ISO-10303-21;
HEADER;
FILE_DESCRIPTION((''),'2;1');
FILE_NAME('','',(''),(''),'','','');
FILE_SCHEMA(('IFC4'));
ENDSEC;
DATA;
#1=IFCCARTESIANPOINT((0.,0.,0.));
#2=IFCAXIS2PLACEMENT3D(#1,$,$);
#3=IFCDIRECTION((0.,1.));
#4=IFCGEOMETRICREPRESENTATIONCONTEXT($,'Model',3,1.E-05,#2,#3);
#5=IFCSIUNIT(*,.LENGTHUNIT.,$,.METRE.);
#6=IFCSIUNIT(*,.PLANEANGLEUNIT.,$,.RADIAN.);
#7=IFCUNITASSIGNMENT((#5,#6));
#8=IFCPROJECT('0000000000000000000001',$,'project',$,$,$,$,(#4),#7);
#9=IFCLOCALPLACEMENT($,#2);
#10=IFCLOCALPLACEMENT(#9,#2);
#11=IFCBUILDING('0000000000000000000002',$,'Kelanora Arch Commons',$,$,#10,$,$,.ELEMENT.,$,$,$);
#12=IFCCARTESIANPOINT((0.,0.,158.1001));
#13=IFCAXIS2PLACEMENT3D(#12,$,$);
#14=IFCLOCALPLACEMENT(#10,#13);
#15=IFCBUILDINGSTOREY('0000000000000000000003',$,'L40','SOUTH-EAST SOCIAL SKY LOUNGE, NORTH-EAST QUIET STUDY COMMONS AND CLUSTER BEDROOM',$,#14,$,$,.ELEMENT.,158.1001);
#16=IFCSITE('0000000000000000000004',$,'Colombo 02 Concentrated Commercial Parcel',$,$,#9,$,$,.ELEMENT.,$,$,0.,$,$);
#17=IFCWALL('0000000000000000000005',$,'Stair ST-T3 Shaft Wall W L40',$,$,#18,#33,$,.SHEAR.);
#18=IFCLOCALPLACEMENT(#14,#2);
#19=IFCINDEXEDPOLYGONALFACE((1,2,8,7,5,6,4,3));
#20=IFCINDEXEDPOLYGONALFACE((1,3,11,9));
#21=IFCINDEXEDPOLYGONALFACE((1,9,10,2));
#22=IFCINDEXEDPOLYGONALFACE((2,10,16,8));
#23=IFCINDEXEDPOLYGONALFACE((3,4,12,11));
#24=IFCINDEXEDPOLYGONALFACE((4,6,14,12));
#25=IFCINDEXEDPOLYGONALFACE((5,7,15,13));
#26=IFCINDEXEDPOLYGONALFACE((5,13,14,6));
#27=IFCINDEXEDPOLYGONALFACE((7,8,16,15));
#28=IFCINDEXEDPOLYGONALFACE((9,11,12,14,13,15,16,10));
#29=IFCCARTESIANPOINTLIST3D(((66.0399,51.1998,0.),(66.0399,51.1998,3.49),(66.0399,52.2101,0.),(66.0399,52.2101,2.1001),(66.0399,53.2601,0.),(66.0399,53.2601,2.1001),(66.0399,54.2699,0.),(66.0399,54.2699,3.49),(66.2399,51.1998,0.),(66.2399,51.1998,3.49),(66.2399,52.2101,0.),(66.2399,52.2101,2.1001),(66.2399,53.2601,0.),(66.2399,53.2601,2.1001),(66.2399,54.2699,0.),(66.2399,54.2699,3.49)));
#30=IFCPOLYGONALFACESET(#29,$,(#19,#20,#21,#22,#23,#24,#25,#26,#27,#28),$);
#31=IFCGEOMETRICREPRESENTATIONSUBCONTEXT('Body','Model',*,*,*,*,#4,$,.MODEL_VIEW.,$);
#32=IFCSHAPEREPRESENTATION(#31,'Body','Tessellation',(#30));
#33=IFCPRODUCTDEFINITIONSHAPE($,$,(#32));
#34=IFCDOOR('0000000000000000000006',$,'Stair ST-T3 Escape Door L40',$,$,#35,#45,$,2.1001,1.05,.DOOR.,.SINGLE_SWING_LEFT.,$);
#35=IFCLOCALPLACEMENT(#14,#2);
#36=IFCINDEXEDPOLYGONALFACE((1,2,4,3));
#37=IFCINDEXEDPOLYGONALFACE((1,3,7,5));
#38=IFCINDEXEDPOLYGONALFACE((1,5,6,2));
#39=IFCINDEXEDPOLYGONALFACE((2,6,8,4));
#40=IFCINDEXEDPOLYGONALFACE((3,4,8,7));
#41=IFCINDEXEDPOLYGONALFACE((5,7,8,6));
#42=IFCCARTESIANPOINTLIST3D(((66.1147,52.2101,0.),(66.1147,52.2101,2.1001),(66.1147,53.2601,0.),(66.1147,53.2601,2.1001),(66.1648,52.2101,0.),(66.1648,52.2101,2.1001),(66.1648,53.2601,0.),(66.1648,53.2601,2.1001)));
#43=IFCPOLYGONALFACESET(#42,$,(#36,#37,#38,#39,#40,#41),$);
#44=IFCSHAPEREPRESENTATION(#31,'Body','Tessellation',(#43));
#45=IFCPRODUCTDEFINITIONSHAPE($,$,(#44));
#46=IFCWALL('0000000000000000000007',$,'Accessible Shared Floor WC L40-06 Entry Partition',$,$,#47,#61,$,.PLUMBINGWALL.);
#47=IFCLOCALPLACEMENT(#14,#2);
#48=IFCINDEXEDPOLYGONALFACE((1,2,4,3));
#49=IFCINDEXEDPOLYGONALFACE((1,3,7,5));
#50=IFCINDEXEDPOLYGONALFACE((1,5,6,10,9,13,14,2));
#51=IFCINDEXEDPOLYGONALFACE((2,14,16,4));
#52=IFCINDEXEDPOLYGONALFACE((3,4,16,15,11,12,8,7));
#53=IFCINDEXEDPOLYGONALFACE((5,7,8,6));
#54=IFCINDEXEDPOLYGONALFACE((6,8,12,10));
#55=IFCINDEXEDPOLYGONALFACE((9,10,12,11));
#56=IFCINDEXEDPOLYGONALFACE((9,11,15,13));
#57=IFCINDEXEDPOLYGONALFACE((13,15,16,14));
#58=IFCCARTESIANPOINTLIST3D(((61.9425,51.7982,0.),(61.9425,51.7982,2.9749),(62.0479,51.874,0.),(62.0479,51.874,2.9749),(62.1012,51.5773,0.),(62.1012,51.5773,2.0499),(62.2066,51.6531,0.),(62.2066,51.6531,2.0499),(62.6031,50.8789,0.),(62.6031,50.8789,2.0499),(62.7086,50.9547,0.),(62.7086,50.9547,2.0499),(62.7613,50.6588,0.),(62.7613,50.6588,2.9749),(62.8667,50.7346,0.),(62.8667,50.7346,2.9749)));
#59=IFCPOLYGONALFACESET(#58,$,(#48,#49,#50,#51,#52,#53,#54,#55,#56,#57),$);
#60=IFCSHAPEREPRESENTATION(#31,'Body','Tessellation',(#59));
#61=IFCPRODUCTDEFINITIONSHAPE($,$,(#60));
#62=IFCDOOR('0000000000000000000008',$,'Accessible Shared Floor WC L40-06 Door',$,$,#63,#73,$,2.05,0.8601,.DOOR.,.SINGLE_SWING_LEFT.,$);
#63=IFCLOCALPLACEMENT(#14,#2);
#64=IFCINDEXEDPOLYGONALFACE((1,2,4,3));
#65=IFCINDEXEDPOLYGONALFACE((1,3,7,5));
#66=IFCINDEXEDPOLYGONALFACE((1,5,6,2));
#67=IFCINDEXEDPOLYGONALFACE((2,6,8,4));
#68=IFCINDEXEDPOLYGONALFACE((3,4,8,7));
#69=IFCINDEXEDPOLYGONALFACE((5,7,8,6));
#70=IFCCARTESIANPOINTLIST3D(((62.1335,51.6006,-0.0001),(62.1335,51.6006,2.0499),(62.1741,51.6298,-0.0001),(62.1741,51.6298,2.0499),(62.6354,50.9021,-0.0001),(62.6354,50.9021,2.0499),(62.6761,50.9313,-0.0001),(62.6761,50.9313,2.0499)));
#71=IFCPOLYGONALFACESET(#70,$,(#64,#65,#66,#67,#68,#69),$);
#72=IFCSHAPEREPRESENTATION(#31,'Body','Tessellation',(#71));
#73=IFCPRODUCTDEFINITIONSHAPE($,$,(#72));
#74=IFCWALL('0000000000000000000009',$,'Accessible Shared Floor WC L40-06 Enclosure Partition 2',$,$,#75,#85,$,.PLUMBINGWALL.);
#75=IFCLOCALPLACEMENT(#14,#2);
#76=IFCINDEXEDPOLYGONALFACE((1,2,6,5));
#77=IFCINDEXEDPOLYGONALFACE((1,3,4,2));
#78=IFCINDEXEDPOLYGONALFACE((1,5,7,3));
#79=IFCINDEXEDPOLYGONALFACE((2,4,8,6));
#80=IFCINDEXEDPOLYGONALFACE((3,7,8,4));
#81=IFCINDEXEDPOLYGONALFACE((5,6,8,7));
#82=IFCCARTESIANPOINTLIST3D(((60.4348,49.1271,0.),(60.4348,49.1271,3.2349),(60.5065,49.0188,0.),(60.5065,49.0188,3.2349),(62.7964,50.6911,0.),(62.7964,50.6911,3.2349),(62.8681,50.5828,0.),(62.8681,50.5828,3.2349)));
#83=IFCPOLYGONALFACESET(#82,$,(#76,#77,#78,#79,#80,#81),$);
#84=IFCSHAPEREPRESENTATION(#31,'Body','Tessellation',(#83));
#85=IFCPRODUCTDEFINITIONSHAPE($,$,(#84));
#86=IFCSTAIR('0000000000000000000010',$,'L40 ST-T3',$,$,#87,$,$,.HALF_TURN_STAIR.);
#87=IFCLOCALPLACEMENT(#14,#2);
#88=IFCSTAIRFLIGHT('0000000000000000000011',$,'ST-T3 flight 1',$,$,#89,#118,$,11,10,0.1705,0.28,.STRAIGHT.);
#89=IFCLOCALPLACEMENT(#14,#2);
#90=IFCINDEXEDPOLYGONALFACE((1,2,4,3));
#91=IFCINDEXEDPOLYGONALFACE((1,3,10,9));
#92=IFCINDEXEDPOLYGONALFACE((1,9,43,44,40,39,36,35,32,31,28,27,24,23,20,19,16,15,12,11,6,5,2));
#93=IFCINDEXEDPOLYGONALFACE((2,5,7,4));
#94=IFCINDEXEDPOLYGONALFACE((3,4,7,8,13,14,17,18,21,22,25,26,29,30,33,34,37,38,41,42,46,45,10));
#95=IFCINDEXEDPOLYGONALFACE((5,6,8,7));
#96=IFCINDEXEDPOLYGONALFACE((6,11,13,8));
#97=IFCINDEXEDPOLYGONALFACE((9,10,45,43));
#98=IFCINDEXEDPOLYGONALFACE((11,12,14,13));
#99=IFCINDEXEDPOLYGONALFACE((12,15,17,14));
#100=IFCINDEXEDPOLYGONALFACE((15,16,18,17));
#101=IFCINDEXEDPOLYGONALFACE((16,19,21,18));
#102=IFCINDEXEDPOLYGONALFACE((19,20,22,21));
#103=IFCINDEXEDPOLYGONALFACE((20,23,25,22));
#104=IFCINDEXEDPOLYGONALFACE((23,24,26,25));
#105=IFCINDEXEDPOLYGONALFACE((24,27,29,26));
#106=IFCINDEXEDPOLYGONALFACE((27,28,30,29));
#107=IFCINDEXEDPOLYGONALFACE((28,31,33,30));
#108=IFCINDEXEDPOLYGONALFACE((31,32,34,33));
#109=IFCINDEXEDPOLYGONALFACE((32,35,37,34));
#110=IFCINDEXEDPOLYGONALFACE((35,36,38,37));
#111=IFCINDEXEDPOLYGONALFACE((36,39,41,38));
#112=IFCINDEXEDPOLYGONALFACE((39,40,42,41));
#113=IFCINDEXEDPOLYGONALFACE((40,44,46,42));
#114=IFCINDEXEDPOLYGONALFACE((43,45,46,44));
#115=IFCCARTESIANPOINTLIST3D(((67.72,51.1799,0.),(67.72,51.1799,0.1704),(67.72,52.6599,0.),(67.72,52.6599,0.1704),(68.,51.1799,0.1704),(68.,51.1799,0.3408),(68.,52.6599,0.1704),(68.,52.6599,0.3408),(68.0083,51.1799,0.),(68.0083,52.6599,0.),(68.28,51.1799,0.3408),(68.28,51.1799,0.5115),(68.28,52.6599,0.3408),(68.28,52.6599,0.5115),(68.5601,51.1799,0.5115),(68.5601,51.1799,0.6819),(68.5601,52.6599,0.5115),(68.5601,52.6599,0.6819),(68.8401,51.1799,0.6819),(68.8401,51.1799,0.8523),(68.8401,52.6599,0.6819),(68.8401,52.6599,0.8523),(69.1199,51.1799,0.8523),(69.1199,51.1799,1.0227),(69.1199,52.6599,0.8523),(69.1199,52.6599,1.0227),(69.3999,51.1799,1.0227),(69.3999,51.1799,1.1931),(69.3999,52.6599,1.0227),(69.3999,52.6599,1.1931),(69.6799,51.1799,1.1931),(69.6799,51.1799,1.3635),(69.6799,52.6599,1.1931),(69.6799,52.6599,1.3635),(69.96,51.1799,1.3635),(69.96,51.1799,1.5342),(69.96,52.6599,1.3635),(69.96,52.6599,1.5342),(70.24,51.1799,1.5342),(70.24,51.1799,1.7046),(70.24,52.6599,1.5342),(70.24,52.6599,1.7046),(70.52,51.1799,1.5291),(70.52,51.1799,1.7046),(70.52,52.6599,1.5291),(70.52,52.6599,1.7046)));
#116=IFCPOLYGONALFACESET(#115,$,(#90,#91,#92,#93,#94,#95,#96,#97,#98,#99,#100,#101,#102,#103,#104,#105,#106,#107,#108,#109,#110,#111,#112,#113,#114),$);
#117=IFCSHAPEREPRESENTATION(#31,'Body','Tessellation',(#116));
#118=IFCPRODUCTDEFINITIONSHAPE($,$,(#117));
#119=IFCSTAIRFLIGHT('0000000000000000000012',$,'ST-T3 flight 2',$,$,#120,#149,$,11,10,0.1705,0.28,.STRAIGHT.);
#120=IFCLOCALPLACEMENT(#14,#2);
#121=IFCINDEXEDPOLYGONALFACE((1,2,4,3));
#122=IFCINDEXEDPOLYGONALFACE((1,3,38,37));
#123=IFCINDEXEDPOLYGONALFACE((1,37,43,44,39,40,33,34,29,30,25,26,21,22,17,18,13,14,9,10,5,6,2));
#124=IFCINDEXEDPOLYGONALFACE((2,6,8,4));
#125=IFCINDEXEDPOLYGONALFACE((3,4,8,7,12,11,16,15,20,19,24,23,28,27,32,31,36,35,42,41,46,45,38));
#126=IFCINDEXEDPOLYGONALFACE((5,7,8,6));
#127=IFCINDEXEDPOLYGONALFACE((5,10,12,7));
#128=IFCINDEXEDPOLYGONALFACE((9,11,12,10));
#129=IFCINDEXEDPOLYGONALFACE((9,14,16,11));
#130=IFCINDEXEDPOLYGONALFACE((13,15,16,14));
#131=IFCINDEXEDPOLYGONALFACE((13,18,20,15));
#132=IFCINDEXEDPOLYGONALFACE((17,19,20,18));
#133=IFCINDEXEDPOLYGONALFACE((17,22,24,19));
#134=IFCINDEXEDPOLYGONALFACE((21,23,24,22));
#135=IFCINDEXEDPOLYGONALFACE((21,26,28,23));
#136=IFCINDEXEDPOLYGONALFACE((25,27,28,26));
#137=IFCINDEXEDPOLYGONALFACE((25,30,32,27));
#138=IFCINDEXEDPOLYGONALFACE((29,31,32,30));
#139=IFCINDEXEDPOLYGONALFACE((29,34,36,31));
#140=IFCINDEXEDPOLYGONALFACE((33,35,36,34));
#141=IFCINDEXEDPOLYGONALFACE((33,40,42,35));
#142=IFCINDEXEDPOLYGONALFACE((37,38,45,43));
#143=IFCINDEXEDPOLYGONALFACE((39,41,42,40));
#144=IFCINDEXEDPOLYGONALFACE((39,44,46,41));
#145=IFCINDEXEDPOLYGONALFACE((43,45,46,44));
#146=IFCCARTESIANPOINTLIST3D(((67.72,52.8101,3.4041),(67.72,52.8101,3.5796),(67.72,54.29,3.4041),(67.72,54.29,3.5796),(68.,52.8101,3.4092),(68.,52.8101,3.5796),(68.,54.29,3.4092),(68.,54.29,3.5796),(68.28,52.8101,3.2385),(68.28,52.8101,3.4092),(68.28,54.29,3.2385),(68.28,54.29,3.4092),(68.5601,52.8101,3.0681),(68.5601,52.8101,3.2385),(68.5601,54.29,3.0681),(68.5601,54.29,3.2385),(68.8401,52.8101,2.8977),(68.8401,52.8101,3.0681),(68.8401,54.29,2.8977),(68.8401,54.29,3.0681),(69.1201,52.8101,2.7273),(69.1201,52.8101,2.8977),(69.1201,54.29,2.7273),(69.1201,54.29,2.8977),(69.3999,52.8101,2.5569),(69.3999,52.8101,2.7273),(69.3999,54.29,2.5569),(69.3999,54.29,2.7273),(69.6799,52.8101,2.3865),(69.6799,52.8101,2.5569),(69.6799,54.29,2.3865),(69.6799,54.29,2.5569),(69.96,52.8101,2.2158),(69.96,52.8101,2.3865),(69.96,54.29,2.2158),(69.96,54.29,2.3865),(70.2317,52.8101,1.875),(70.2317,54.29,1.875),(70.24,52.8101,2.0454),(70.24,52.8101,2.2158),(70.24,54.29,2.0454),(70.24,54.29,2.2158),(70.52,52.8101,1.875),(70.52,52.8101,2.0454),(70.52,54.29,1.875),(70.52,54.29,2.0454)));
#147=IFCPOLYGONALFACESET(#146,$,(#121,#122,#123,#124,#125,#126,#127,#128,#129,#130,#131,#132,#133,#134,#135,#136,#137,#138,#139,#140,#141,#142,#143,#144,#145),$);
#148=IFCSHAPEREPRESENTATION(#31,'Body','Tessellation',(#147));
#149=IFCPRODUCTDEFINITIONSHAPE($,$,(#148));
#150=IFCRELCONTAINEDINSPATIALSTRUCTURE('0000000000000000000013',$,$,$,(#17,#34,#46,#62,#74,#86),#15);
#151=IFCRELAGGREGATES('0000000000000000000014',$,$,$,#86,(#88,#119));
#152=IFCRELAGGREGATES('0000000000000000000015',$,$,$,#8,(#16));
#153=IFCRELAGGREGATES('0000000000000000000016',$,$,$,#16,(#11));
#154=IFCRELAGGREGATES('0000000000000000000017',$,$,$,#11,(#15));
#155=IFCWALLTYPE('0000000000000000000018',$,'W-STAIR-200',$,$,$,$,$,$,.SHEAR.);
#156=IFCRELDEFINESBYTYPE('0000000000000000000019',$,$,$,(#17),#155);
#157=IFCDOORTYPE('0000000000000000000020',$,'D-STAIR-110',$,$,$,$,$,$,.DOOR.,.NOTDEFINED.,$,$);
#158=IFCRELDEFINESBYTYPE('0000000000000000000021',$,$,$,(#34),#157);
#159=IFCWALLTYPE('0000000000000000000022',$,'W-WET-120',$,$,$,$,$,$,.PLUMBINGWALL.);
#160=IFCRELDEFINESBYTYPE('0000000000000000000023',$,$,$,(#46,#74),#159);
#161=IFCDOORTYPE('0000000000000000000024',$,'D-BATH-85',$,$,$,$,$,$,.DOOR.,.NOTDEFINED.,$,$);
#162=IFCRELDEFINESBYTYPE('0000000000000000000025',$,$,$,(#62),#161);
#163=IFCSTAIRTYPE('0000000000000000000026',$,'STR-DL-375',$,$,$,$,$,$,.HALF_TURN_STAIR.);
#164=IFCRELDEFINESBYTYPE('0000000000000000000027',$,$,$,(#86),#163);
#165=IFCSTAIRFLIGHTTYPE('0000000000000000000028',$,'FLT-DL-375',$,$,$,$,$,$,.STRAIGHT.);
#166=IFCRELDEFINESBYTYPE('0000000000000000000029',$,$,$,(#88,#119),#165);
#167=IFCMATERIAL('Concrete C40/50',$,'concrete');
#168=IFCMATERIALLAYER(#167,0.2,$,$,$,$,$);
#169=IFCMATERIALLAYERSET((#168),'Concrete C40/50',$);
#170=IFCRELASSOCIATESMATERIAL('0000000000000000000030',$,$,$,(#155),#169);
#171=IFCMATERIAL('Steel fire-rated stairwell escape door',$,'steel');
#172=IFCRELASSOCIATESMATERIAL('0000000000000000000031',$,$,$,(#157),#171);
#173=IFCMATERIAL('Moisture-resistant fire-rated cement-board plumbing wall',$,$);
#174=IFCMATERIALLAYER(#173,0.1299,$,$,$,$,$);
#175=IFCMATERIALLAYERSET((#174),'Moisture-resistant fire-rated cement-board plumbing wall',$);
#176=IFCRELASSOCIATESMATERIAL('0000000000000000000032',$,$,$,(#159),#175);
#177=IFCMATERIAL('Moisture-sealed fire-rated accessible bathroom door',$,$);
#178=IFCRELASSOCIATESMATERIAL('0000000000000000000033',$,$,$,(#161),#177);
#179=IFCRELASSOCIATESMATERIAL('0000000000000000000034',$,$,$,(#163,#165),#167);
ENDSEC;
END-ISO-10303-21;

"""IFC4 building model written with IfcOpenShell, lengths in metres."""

from ifc_helpers import new_model, si_unit, direction, frame, frame_2d, origin, place, context, subcontext, project, spatial, polyline, rectangle, outline, extrude, material, layer, layer_set, type_object, element, fill, aggregate, save


model = new_model("IFC4")

# Units and contexts
model_context = context("Model", 3, precision=1e-05, world=origin(), true_north=direction((0.0, 1.0)))
body_context = subcontext(model_context, "Body", "Model", "MODEL_VIEW")
ifc_project = project(units=[si_unit("LENGTHUNIT", "METRE"), si_unit("PLANEANGLEUNIT", "RADIAN")], contexts=[model_context])

# Site, building, storey
site_placement = place(None, origin())
site = spatial("IfcSite", under=ifc_project, at=site_placement, Name="Colombo 02 Concentrated Commercial Parcel", CompositionType="ELEMENT", RefElevation=0.0)
building_placement = place(site_placement, origin())
building = spatial("IfcBuilding", under=site, at=building_placement, Name="Kelanora Arch Commons", CompositionType="ELEMENT")
storey_placement = place(building_placement, frame((0.0, 0.0, 158.1001)))
storey = spatial("IfcBuildingStorey", under=building, at=storey_placement, Name="L40", Description="SOUTH-EAST SOCIAL SKY LOUNGE, NORTH-EAST QUIET STUDY COMMONS AND CLUSTER BEDROOM", CompositionType="ELEMENT", Elevation=158.1001)

# Shared definitions
ifc_material_1 = material(Name="Concrete C40/50", Category="concrete")

# Shared definitions
ifc_layer_1 = layer(ifc_material_1, 0.2)
ifc_layer_set_1 = layer_set([ifc_layer_1], Name="Concrete C40/50")
wall_type_1 = type_object("IfcWallType", Name="W-STAIR-200", PredefinedType="SHEAR", material=ifc_layer_set_1)

# Walls, openings, doors
wall_1_placement = place(storey_placement, frame((66.1399, 54.27, 0.0), z_axis=(0.0, 0.0, 1.0), x_axis=(0.0, -1.0, 0.0)))
wall_1 = element("IfcWall", 1, at=wall_1_placement, inside=storey, type_object=wall_type_1, Name="Stair ST-T3 Shaft Wall W L40", PredefinedType="SHEAR", context=body_context, shape_type="SweptSolid", body=[
    extrude(rectangle(XDim=3.0701, YDim=0.2, at=frame_2d((1.5352, 0.0))), origin(), (0.0, 0.0, 1.0), 3.49),
])
opening_1_placement = place(wall_1_placement, frame((1.01, 0.0, 0.0)))
opening_1 = element("IfcOpeningElement", 2, at=opening_1_placement, cuts=wall_1, PredefinedType="OPENING", context=body_context, shape_type="SweptSolid", body=[
    extrude(rectangle(XDim=1.05, YDim=2.1001, at=frame_2d((0.5249, 1.05))), frame((0.0, 0.1099, 0.0), z_axis=(0.0, -1.0, 0.0), x_axis=(1.0, 0.0, 0.0)), (0.0, 0.0, 1.0), 0.22),
])
ifc_material_2 = material(Name="Steel fire-rated stairwell escape door", Category="steel")
door_type_1 = type_object("IfcDoorType", Name="D-STAIR-110", OperationType="NOTDEFINED", PredefinedType="DOOR", material=ifc_material_2)
door_1_placement = place(opening_1_placement, origin())
door_1 = element("IfcDoor", 3, at=door_1_placement, inside=storey, type_object=door_type_1, Name="Stair ST-T3 Escape Door L40", OperationType="SINGLE_SWING_LEFT", OverallHeight=2.1001, OverallWidth=1.05, PredefinedType="DOOR", context=body_context, shape_type="SweptSolid", body=[
    extrude(rectangle(XDim=1.05, YDim=2.1001, at=frame_2d((0.5249, 1.05))), frame((0.0, 0.0249, 0.0), z_axis=(0.0, -1.0, 0.0), x_axis=(1.0, 0.0, 0.0)), (0.0, 0.0, 1.0), 0.05),
])
fill(opening_1, door_1)
ifc_material_3 = material(Name="Moisture-resistant fire-rated cement-board plumbing wall")
ifc_layer_2 = layer(ifc_material_3, 0.1299)
ifc_layer_set_2 = layer_set([ifc_layer_2], Name="Moisture-resistant fire-rated cement-board plumbing wall")
wall_type_2 = type_object("IfcWallType", Name="W-WET-120", PredefinedType="PLUMBINGWALL", material=ifc_layer_set_2)
wall_2_placement = place(storey_placement, frame((61.9951, 51.8362, 0.0), z_axis=(0.0, 0.0, 1.0), x_axis=(0.583589, -0.812049, 0.0)))
wall_2 = element("IfcWall", 4, at=wall_2_placement, inside=storey, type_object=wall_type_2, Name="Accessible Shared Floor WC L40-06 Entry Partition", PredefinedType="PLUMBINGWALL", context=body_context, shape_type="SweptSolid", body=[
    extrude(rectangle(XDim=1.4031, YDim=0.1299, at=frame_2d((0.7017, 0.0))), origin(), (0.0, 0.0, 1.0), 2.9749),
])
opening_2_placement = place(wall_2_placement, frame((0.272, 0.0, 0.0)))
opening_2 = element("IfcOpeningElement", 5, at=opening_2_placement, cuts=wall_2, PredefinedType="OPENING", context=body_context, shape_type="SweptSolid", body=[
    extrude(rectangle(XDim=0.8601, YDim=2.05, at=frame_2d((0.4302, 1.0249))), frame((0.0, 0.075, 0.0), z_axis=(0.0, -1.0, 0.0), x_axis=(1.0, 0.0, 0.0)), (0.0, 0.0, 1.0), 0.1499),
])
ifc_material_4 = material(Name="Moisture-sealed fire-rated accessible bathroom door")
door_type_2 = type_object("IfcDoorType", Name="D-BATH-85", OperationType="NOTDEFINED", PredefinedType="DOOR", material=ifc_material_4)
door_2_placement = place(opening_2_placement, origin())
door_2 = element("IfcDoor", 6, at=door_2_placement, inside=storey, type_object=door_type_2, Name="Accessible Shared Floor WC L40-06 Door", OperationType="SINGLE_SWING_LEFT", OverallHeight=2.05, OverallWidth=0.8601, PredefinedType="DOOR", context=body_context, shape_type="SweptSolid", body=[
    extrude(rectangle(XDim=0.8601, YDim=2.05, at=frame_2d((0.4302, 1.0249))), frame((0.0, 0.0249, 0.0), z_axis=(0.0, -1.0, 0.0), x_axis=(1.0, 0.0, 0.0)), (0.0, 0.0, 1.0), 0.05),
])
fill(opening_2, door_2)

# Wall
wall_3_placement = place(storey_placement, frame((62.8323, 50.637, 0.0), z_axis=(0.0, 0.0, 1.0), x_axis=(-0.833744, -0.552152, 0.0)))
element("IfcWall", 7, at=wall_3_placement, inside=storey, type_object=wall_type_2, Name="Accessible Shared Floor WC L40-06 Enclosure Partition 2", PredefinedType="PLUMBINGWALL", context=body_context, shape_type="SweptSolid", body=[
    extrude(rectangle(XDim=2.8325, YDim=0.1299, at=frame_2d((1.4163, 0.0))), origin(), (0.0, 0.0, 1.0), 3.2349),
])

# Stair, stair flights
stair_type = type_object("IfcStairType", Name="STR-DL-375", PredefinedType="HALF_TURN_STAIR", material=ifc_material_1)
stair_placement = place(storey_placement, origin())
stair = element("IfcStair", 8, at=stair_placement, inside=storey, type_object=stair_type, Name="L40 ST-T3", PredefinedType="HALF_TURN_STAIR")
stair_flight_type = type_object("IfcStairFlightType", Name="FLT-DL-375", PredefinedType="STRAIGHT", material=ifc_material_1)
stair_flight_1_placement = place(storey_placement, frame((67.72, 51.9199, 0.0), z_axis=(0.0, 0.0, 1.0), x_axis=(1.0, 0.0, 0.0)))
stair_flight_1 = element("IfcStairFlight", 9, at=stair_flight_1_placement, type_object=stair_flight_type, Name="ST-T3 flight 1", NumberOfRisers=11, NumberOfTreads=10, PredefinedType="STRAIGHT", RiserHeight=0.1705, TreadLength=0.28, context=body_context, shape_type="SweptSolid", body=[
    extrude(outline(polyline([(0.0, 0.0), (0.0, 0.1704), (0.28, 0.1704), (0.28, 0.3408), (0.5601, 0.3408), (0.5601, 0.5115), (0.8401, 0.5115), (0.8401, 0.6819), (1.1201, 0.6819), (1.1201, 0.8523), (1.3999, 0.8523), (1.3999, 1.0227), (1.6799, 1.0227), (1.6799, 1.1931), (1.96, 1.1931), (1.96, 1.3635), (2.24, 1.3635), (2.24, 1.5342), (2.52, 1.5342), (2.52, 1.7046), (2.8, 1.7046), (2.8, 1.875), (2.8, 1.5291), (0.2883, 0.0), (0.0, 0.0)])), frame((0.0, 0.74, 0.0), z_axis=(0.0, -1.0, 0.0), x_axis=(1.0, 0.0, 0.0)), (0.0, 0.0, 1.0), 1.48),
])
stair_flight_2_placement = place(storey_placement, frame((70.52, 53.55, 1.875), z_axis=(0.0, 0.0, 1.0), x_axis=(-1.0, 0.0, 0.0)))
stair_flight_2 = element("IfcStairFlight", 10, at=stair_flight_2_placement, type_object=stair_flight_type, Name="ST-T3 flight 2", NumberOfRisers=11, NumberOfTreads=10, PredefinedType="STRAIGHT", RiserHeight=0.1705, TreadLength=0.28, context=body_context, shape_type="SweptSolid", body=[
    extrude(outline(polyline([(0.0, 0.0), (0.0, 0.1704), (0.28, 0.1704), (0.28, 0.3408), (0.5601, 0.3408), (0.5601, 0.5115), (0.8401, 0.5115), (0.8401, 0.6819), (1.1201, 0.6819), (1.1201, 0.8523), (1.3999, 0.8523), (1.3999, 1.0227), (1.6799, 1.0227), (1.6799, 1.1931), (1.96, 1.1931), (1.96, 1.3635), (2.24, 1.3635), (2.24, 1.5342), (2.52, 1.5342), (2.52, 1.7046), (2.8, 1.7046), (2.8, 1.875), (2.8, 1.5291), (0.2883, 0.0), (0.0, 0.0)])), frame((0.0, 0.74, 0.0), z_axis=(0.0, -1.0, 0.0), x_axis=(1.0, 0.0, 0.0)), (0.0, 0.0, 1.0), 1.48),
])
aggregate(stair, [stair_flight_1, stair_flight_2])

save(model, "model.ifc")
